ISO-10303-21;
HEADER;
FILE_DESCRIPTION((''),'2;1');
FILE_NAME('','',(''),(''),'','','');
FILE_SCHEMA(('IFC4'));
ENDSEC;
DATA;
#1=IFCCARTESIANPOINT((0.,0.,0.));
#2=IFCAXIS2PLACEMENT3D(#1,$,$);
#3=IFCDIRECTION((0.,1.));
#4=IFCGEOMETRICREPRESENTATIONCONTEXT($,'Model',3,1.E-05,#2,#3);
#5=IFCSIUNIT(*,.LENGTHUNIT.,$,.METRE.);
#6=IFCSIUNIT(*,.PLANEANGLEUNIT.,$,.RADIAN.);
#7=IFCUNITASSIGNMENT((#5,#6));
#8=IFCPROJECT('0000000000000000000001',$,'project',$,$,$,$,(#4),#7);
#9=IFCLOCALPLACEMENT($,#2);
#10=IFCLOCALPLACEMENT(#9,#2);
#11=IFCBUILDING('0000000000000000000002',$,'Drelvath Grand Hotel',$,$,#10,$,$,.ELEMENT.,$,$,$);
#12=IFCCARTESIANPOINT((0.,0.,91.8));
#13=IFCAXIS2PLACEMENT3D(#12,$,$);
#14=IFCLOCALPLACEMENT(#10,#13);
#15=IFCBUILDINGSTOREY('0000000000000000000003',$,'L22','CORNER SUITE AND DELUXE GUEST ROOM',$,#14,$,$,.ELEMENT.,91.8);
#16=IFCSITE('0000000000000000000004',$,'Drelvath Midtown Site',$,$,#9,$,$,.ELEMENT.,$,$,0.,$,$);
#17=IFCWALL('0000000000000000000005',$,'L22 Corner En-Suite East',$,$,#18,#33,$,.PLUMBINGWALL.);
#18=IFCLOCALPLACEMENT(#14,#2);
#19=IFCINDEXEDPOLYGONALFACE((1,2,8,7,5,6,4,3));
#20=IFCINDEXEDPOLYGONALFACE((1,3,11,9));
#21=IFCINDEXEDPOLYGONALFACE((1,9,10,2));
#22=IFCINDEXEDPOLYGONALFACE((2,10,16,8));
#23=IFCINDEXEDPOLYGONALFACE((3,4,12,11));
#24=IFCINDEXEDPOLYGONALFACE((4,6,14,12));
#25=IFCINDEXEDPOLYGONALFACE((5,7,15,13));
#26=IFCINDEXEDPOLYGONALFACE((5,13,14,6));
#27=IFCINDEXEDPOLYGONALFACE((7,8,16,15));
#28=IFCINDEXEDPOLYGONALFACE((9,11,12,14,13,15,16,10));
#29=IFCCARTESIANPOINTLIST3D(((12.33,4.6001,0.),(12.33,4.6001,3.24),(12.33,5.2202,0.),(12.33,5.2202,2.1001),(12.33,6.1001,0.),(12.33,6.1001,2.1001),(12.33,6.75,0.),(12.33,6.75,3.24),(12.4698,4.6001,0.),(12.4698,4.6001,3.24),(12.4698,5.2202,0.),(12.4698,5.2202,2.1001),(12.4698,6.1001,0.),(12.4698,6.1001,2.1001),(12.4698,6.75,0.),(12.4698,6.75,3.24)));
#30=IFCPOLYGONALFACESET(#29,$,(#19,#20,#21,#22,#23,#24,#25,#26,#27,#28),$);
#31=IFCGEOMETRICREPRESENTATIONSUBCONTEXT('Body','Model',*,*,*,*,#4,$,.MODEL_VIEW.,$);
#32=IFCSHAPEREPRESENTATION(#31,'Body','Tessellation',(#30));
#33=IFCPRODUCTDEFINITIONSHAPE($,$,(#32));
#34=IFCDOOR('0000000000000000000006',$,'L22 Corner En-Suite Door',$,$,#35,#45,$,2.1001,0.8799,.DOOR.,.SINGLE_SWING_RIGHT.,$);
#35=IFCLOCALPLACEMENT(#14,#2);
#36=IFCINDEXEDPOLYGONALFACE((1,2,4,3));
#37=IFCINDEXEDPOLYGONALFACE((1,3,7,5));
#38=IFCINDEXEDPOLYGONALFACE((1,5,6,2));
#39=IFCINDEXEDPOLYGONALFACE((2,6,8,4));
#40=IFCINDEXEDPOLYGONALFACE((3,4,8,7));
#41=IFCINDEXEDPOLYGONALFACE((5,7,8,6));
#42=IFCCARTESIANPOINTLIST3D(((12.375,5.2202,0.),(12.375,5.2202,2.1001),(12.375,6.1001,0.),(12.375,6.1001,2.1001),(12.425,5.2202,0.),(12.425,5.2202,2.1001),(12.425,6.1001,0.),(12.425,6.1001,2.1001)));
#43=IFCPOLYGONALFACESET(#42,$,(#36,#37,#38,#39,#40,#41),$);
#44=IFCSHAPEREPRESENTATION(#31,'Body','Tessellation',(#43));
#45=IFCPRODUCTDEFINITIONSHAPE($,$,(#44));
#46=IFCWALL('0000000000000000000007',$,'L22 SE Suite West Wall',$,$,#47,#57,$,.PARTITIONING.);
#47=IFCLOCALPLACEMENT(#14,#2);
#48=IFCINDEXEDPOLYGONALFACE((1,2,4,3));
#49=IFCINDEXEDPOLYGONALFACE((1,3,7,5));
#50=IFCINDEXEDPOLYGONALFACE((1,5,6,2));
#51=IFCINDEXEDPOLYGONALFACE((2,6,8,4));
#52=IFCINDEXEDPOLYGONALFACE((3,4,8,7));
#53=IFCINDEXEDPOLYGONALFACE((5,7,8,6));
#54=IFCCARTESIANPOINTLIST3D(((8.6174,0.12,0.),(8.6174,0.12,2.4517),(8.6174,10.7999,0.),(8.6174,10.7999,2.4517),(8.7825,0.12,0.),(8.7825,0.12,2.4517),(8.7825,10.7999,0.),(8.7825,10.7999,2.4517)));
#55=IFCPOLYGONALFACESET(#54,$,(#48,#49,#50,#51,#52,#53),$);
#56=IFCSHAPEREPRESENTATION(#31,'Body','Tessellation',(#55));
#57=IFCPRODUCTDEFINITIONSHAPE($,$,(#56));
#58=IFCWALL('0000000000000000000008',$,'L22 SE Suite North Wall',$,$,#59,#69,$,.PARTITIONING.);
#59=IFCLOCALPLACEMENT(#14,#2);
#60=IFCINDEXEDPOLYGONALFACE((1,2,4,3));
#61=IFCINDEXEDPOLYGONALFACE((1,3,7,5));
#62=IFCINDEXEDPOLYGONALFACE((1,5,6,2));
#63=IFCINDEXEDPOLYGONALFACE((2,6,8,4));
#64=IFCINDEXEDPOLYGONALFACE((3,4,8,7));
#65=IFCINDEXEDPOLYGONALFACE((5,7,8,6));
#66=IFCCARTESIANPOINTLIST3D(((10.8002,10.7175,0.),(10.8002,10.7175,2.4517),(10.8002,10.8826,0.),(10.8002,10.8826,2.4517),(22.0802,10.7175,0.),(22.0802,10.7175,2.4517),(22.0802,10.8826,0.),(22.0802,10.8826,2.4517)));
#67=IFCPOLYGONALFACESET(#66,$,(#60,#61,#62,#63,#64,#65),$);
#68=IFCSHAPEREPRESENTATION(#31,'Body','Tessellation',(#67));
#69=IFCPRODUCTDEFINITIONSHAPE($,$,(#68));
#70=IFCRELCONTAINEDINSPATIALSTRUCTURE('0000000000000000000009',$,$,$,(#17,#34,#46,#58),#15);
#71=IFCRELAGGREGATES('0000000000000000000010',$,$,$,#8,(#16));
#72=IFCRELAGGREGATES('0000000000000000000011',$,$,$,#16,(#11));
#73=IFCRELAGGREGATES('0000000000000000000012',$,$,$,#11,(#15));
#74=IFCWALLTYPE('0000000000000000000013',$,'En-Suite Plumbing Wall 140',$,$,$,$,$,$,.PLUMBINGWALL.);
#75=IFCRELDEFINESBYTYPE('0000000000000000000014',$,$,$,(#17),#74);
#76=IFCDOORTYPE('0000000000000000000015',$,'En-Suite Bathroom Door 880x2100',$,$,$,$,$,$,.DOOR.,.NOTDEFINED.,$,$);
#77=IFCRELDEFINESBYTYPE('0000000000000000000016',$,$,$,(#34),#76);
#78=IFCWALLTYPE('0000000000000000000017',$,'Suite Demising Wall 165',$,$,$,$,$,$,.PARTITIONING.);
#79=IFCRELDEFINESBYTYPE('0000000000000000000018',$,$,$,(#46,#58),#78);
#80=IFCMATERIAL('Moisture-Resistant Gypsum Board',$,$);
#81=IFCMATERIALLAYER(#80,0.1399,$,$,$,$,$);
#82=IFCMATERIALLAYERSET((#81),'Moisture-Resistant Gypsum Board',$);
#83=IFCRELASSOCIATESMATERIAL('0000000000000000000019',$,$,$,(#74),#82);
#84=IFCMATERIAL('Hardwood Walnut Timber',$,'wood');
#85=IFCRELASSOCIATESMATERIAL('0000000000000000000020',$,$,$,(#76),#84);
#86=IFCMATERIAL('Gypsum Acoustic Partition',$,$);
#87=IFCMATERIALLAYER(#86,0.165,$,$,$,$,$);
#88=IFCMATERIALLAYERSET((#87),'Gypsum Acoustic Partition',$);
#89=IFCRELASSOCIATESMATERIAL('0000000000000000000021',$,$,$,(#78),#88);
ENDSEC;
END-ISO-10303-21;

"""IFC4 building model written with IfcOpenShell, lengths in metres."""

from ifc_helpers import new_model, si_unit, direction, frame, frame_2d, origin, place, context, subcontext, project, spatial, rectangle, extrude, material, layer, layer_set, type_object, element, fill, save


model = new_model("IFC4")

# Units and contexts
model_context = context("Model", 3, precision=1e-05, world=origin(), true_north=direction((0.0, 1.0)))
body_context = subcontext(model_context, "Body", "Model", "MODEL_VIEW")
ifc_project = project(units=[si_unit("LENGTHUNIT", "METRE"), si_unit("PLANEANGLEUNIT", "RADIAN")], contexts=[model_context])

# Site, building, storey
site_placement = place(None, origin())
site = spatial("IfcSite", under=ifc_project, at=site_placement, Name="Drelvath Midtown Site", CompositionType="ELEMENT", RefElevation=0.0)
building_placement = place(site_placement, origin())
building = spatial("IfcBuilding", under=site, at=building_placement, Name="Drelvath Grand Hotel", CompositionType="ELEMENT")
storey_placement = place(building_placement, frame((0.0, 0.0, 91.8)))
storey = spatial("IfcBuildingStorey", under=building, at=storey_placement, Name="L22", Description="CORNER SUITE AND DELUXE GUEST ROOM", CompositionType="ELEMENT", Elevation=91.8)

# Shared definitions
ifc_material_1 = material(Name="Hardwood Walnut Timber", Category="wood")

# Shared definitions
ifc_material_2 = material(Name="Moisture-Resistant Gypsum Board")
ifc_layer_1 = layer(ifc_material_2, 0.1399)
ifc_layer_set_1 = layer_set([ifc_layer_1], Name="Moisture-Resistant Gypsum Board")
wall_type_1 = type_object("IfcWallType", Name="En-Suite Plumbing Wall 140", PredefinedType="PLUMBINGWALL", material=ifc_layer_set_1)

# Wall, opening, door
wall_1_placement = place(storey_placement, frame((12.3999, 4.6001, 0.0), z_axis=(0.0, 0.0, 1.0), x_axis=(0.0, 1.0, 0.0)))
wall_1 = element("IfcWall", 1, at=wall_1_placement, inside=storey, type_object=wall_type_1, Name="L22 Corner En-Suite East", PredefinedType="PLUMBINGWALL", context=body_context, shape_type="SweptSolid", body=[
    extrude(rectangle(XDim=2.1499, YDim=0.1399, at=frame_2d((1.075, 0.0))), origin(), (0.0, 0.0, 1.0), 3.24),
])
opening_1_placement = place(wall_1_placement, frame((0.6201, 0.0, 0.0)))
opening_1 = element("IfcOpeningElement", 2, at=opening_1_placement, cuts=wall_1, PredefinedType="OPENING", context=body_context, shape_type="SweptSolid", body=[
    extrude(rectangle(XDim=0.8799, YDim=2.1001, at=frame_2d((0.4399, 1.05))), frame((0.0, 0.0798, 0.0), z_axis=(0.0, -1.0, 0.0), x_axis=(1.0, 0.0, 0.0)), (0.0, 0.0, 1.0), 0.1599),
])
door_type_1 = type_object("IfcDoorType", Name="En-Suite Bathroom Door 880x2100", OperationType="NOTDEFINED", PredefinedType="DOOR", material=ifc_material_1)
door_1_placement = place(opening_1_placement, origin())
door_1 = element("IfcDoor", 3, at=door_1_placement, inside=storey, type_object=door_type_1, Name="L22 Corner En-Suite Door", OperationType="SINGLE_SWING_RIGHT", OverallHeight=2.1001, OverallWidth=0.8799, PredefinedType="DOOR", context=body_context, shape_type="SweptSolid", body=[
    extrude(rectangle(XDim=0.8799, YDim=2.1001, at=frame_2d((0.4399, 1.05))), frame((0.0, 0.0249, 0.0), z_axis=(0.0, -1.0, 0.0), x_axis=(1.0, 0.0, 0.0)), (0.0, 0.0, 1.0), 0.05),
])
fill(opening_1, door_1)

# Walls
ifc_material_3 = material(Name="Gypsum Acoustic Partition")
ifc_layer_2 = layer(ifc_material_3, 0.165)
ifc_layer_set_2 = layer_set([ifc_layer_2], Name="Gypsum Acoustic Partition")
wall_type_2 = type_object("IfcWallType", Name="Suite Demising Wall 165", PredefinedType="PARTITIONING", material=ifc_layer_set_2)
wall_2_placement = place(storey_placement, frame((8.7, 0.1201, 0.0), z_axis=(0.0, 0.0, 1.0), x_axis=(0.0, 1.0, 0.0)))
element("IfcWall", 4, at=wall_2_placement, inside=storey, type_object=wall_type_2, Name="L22 SE Suite West Wall", PredefinedType="PARTITIONING", context=body_context, shape_type="SweptSolid", body=[
    extrude(rectangle(XDim=10.6799, YDim=0.165, at=frame_2d((5.3398, 0.0))), origin(), (0.0, 0.0, 1.0), 2.4517),
])
wall_3_placement = place(storey_placement, frame((10.8, 10.8, 0.0), z_axis=(0.0, 0.0, 1.0), x_axis=(1.0, 0.0, 0.0)))
element("IfcWall", 5, at=wall_3_placement, inside=storey, type_object=wall_type_2, Name="L22 SE Suite North Wall", PredefinedType="PARTITIONING", context=body_context, shape_type="SweptSolid", body=[
    extrude(rectangle(XDim=11.28, YDim=0.165, at=frame_2d((5.6401, 0.0))), origin(), (0.0, 0.0, 1.0), 2.4517),
])

save(model, "model.ifc")
